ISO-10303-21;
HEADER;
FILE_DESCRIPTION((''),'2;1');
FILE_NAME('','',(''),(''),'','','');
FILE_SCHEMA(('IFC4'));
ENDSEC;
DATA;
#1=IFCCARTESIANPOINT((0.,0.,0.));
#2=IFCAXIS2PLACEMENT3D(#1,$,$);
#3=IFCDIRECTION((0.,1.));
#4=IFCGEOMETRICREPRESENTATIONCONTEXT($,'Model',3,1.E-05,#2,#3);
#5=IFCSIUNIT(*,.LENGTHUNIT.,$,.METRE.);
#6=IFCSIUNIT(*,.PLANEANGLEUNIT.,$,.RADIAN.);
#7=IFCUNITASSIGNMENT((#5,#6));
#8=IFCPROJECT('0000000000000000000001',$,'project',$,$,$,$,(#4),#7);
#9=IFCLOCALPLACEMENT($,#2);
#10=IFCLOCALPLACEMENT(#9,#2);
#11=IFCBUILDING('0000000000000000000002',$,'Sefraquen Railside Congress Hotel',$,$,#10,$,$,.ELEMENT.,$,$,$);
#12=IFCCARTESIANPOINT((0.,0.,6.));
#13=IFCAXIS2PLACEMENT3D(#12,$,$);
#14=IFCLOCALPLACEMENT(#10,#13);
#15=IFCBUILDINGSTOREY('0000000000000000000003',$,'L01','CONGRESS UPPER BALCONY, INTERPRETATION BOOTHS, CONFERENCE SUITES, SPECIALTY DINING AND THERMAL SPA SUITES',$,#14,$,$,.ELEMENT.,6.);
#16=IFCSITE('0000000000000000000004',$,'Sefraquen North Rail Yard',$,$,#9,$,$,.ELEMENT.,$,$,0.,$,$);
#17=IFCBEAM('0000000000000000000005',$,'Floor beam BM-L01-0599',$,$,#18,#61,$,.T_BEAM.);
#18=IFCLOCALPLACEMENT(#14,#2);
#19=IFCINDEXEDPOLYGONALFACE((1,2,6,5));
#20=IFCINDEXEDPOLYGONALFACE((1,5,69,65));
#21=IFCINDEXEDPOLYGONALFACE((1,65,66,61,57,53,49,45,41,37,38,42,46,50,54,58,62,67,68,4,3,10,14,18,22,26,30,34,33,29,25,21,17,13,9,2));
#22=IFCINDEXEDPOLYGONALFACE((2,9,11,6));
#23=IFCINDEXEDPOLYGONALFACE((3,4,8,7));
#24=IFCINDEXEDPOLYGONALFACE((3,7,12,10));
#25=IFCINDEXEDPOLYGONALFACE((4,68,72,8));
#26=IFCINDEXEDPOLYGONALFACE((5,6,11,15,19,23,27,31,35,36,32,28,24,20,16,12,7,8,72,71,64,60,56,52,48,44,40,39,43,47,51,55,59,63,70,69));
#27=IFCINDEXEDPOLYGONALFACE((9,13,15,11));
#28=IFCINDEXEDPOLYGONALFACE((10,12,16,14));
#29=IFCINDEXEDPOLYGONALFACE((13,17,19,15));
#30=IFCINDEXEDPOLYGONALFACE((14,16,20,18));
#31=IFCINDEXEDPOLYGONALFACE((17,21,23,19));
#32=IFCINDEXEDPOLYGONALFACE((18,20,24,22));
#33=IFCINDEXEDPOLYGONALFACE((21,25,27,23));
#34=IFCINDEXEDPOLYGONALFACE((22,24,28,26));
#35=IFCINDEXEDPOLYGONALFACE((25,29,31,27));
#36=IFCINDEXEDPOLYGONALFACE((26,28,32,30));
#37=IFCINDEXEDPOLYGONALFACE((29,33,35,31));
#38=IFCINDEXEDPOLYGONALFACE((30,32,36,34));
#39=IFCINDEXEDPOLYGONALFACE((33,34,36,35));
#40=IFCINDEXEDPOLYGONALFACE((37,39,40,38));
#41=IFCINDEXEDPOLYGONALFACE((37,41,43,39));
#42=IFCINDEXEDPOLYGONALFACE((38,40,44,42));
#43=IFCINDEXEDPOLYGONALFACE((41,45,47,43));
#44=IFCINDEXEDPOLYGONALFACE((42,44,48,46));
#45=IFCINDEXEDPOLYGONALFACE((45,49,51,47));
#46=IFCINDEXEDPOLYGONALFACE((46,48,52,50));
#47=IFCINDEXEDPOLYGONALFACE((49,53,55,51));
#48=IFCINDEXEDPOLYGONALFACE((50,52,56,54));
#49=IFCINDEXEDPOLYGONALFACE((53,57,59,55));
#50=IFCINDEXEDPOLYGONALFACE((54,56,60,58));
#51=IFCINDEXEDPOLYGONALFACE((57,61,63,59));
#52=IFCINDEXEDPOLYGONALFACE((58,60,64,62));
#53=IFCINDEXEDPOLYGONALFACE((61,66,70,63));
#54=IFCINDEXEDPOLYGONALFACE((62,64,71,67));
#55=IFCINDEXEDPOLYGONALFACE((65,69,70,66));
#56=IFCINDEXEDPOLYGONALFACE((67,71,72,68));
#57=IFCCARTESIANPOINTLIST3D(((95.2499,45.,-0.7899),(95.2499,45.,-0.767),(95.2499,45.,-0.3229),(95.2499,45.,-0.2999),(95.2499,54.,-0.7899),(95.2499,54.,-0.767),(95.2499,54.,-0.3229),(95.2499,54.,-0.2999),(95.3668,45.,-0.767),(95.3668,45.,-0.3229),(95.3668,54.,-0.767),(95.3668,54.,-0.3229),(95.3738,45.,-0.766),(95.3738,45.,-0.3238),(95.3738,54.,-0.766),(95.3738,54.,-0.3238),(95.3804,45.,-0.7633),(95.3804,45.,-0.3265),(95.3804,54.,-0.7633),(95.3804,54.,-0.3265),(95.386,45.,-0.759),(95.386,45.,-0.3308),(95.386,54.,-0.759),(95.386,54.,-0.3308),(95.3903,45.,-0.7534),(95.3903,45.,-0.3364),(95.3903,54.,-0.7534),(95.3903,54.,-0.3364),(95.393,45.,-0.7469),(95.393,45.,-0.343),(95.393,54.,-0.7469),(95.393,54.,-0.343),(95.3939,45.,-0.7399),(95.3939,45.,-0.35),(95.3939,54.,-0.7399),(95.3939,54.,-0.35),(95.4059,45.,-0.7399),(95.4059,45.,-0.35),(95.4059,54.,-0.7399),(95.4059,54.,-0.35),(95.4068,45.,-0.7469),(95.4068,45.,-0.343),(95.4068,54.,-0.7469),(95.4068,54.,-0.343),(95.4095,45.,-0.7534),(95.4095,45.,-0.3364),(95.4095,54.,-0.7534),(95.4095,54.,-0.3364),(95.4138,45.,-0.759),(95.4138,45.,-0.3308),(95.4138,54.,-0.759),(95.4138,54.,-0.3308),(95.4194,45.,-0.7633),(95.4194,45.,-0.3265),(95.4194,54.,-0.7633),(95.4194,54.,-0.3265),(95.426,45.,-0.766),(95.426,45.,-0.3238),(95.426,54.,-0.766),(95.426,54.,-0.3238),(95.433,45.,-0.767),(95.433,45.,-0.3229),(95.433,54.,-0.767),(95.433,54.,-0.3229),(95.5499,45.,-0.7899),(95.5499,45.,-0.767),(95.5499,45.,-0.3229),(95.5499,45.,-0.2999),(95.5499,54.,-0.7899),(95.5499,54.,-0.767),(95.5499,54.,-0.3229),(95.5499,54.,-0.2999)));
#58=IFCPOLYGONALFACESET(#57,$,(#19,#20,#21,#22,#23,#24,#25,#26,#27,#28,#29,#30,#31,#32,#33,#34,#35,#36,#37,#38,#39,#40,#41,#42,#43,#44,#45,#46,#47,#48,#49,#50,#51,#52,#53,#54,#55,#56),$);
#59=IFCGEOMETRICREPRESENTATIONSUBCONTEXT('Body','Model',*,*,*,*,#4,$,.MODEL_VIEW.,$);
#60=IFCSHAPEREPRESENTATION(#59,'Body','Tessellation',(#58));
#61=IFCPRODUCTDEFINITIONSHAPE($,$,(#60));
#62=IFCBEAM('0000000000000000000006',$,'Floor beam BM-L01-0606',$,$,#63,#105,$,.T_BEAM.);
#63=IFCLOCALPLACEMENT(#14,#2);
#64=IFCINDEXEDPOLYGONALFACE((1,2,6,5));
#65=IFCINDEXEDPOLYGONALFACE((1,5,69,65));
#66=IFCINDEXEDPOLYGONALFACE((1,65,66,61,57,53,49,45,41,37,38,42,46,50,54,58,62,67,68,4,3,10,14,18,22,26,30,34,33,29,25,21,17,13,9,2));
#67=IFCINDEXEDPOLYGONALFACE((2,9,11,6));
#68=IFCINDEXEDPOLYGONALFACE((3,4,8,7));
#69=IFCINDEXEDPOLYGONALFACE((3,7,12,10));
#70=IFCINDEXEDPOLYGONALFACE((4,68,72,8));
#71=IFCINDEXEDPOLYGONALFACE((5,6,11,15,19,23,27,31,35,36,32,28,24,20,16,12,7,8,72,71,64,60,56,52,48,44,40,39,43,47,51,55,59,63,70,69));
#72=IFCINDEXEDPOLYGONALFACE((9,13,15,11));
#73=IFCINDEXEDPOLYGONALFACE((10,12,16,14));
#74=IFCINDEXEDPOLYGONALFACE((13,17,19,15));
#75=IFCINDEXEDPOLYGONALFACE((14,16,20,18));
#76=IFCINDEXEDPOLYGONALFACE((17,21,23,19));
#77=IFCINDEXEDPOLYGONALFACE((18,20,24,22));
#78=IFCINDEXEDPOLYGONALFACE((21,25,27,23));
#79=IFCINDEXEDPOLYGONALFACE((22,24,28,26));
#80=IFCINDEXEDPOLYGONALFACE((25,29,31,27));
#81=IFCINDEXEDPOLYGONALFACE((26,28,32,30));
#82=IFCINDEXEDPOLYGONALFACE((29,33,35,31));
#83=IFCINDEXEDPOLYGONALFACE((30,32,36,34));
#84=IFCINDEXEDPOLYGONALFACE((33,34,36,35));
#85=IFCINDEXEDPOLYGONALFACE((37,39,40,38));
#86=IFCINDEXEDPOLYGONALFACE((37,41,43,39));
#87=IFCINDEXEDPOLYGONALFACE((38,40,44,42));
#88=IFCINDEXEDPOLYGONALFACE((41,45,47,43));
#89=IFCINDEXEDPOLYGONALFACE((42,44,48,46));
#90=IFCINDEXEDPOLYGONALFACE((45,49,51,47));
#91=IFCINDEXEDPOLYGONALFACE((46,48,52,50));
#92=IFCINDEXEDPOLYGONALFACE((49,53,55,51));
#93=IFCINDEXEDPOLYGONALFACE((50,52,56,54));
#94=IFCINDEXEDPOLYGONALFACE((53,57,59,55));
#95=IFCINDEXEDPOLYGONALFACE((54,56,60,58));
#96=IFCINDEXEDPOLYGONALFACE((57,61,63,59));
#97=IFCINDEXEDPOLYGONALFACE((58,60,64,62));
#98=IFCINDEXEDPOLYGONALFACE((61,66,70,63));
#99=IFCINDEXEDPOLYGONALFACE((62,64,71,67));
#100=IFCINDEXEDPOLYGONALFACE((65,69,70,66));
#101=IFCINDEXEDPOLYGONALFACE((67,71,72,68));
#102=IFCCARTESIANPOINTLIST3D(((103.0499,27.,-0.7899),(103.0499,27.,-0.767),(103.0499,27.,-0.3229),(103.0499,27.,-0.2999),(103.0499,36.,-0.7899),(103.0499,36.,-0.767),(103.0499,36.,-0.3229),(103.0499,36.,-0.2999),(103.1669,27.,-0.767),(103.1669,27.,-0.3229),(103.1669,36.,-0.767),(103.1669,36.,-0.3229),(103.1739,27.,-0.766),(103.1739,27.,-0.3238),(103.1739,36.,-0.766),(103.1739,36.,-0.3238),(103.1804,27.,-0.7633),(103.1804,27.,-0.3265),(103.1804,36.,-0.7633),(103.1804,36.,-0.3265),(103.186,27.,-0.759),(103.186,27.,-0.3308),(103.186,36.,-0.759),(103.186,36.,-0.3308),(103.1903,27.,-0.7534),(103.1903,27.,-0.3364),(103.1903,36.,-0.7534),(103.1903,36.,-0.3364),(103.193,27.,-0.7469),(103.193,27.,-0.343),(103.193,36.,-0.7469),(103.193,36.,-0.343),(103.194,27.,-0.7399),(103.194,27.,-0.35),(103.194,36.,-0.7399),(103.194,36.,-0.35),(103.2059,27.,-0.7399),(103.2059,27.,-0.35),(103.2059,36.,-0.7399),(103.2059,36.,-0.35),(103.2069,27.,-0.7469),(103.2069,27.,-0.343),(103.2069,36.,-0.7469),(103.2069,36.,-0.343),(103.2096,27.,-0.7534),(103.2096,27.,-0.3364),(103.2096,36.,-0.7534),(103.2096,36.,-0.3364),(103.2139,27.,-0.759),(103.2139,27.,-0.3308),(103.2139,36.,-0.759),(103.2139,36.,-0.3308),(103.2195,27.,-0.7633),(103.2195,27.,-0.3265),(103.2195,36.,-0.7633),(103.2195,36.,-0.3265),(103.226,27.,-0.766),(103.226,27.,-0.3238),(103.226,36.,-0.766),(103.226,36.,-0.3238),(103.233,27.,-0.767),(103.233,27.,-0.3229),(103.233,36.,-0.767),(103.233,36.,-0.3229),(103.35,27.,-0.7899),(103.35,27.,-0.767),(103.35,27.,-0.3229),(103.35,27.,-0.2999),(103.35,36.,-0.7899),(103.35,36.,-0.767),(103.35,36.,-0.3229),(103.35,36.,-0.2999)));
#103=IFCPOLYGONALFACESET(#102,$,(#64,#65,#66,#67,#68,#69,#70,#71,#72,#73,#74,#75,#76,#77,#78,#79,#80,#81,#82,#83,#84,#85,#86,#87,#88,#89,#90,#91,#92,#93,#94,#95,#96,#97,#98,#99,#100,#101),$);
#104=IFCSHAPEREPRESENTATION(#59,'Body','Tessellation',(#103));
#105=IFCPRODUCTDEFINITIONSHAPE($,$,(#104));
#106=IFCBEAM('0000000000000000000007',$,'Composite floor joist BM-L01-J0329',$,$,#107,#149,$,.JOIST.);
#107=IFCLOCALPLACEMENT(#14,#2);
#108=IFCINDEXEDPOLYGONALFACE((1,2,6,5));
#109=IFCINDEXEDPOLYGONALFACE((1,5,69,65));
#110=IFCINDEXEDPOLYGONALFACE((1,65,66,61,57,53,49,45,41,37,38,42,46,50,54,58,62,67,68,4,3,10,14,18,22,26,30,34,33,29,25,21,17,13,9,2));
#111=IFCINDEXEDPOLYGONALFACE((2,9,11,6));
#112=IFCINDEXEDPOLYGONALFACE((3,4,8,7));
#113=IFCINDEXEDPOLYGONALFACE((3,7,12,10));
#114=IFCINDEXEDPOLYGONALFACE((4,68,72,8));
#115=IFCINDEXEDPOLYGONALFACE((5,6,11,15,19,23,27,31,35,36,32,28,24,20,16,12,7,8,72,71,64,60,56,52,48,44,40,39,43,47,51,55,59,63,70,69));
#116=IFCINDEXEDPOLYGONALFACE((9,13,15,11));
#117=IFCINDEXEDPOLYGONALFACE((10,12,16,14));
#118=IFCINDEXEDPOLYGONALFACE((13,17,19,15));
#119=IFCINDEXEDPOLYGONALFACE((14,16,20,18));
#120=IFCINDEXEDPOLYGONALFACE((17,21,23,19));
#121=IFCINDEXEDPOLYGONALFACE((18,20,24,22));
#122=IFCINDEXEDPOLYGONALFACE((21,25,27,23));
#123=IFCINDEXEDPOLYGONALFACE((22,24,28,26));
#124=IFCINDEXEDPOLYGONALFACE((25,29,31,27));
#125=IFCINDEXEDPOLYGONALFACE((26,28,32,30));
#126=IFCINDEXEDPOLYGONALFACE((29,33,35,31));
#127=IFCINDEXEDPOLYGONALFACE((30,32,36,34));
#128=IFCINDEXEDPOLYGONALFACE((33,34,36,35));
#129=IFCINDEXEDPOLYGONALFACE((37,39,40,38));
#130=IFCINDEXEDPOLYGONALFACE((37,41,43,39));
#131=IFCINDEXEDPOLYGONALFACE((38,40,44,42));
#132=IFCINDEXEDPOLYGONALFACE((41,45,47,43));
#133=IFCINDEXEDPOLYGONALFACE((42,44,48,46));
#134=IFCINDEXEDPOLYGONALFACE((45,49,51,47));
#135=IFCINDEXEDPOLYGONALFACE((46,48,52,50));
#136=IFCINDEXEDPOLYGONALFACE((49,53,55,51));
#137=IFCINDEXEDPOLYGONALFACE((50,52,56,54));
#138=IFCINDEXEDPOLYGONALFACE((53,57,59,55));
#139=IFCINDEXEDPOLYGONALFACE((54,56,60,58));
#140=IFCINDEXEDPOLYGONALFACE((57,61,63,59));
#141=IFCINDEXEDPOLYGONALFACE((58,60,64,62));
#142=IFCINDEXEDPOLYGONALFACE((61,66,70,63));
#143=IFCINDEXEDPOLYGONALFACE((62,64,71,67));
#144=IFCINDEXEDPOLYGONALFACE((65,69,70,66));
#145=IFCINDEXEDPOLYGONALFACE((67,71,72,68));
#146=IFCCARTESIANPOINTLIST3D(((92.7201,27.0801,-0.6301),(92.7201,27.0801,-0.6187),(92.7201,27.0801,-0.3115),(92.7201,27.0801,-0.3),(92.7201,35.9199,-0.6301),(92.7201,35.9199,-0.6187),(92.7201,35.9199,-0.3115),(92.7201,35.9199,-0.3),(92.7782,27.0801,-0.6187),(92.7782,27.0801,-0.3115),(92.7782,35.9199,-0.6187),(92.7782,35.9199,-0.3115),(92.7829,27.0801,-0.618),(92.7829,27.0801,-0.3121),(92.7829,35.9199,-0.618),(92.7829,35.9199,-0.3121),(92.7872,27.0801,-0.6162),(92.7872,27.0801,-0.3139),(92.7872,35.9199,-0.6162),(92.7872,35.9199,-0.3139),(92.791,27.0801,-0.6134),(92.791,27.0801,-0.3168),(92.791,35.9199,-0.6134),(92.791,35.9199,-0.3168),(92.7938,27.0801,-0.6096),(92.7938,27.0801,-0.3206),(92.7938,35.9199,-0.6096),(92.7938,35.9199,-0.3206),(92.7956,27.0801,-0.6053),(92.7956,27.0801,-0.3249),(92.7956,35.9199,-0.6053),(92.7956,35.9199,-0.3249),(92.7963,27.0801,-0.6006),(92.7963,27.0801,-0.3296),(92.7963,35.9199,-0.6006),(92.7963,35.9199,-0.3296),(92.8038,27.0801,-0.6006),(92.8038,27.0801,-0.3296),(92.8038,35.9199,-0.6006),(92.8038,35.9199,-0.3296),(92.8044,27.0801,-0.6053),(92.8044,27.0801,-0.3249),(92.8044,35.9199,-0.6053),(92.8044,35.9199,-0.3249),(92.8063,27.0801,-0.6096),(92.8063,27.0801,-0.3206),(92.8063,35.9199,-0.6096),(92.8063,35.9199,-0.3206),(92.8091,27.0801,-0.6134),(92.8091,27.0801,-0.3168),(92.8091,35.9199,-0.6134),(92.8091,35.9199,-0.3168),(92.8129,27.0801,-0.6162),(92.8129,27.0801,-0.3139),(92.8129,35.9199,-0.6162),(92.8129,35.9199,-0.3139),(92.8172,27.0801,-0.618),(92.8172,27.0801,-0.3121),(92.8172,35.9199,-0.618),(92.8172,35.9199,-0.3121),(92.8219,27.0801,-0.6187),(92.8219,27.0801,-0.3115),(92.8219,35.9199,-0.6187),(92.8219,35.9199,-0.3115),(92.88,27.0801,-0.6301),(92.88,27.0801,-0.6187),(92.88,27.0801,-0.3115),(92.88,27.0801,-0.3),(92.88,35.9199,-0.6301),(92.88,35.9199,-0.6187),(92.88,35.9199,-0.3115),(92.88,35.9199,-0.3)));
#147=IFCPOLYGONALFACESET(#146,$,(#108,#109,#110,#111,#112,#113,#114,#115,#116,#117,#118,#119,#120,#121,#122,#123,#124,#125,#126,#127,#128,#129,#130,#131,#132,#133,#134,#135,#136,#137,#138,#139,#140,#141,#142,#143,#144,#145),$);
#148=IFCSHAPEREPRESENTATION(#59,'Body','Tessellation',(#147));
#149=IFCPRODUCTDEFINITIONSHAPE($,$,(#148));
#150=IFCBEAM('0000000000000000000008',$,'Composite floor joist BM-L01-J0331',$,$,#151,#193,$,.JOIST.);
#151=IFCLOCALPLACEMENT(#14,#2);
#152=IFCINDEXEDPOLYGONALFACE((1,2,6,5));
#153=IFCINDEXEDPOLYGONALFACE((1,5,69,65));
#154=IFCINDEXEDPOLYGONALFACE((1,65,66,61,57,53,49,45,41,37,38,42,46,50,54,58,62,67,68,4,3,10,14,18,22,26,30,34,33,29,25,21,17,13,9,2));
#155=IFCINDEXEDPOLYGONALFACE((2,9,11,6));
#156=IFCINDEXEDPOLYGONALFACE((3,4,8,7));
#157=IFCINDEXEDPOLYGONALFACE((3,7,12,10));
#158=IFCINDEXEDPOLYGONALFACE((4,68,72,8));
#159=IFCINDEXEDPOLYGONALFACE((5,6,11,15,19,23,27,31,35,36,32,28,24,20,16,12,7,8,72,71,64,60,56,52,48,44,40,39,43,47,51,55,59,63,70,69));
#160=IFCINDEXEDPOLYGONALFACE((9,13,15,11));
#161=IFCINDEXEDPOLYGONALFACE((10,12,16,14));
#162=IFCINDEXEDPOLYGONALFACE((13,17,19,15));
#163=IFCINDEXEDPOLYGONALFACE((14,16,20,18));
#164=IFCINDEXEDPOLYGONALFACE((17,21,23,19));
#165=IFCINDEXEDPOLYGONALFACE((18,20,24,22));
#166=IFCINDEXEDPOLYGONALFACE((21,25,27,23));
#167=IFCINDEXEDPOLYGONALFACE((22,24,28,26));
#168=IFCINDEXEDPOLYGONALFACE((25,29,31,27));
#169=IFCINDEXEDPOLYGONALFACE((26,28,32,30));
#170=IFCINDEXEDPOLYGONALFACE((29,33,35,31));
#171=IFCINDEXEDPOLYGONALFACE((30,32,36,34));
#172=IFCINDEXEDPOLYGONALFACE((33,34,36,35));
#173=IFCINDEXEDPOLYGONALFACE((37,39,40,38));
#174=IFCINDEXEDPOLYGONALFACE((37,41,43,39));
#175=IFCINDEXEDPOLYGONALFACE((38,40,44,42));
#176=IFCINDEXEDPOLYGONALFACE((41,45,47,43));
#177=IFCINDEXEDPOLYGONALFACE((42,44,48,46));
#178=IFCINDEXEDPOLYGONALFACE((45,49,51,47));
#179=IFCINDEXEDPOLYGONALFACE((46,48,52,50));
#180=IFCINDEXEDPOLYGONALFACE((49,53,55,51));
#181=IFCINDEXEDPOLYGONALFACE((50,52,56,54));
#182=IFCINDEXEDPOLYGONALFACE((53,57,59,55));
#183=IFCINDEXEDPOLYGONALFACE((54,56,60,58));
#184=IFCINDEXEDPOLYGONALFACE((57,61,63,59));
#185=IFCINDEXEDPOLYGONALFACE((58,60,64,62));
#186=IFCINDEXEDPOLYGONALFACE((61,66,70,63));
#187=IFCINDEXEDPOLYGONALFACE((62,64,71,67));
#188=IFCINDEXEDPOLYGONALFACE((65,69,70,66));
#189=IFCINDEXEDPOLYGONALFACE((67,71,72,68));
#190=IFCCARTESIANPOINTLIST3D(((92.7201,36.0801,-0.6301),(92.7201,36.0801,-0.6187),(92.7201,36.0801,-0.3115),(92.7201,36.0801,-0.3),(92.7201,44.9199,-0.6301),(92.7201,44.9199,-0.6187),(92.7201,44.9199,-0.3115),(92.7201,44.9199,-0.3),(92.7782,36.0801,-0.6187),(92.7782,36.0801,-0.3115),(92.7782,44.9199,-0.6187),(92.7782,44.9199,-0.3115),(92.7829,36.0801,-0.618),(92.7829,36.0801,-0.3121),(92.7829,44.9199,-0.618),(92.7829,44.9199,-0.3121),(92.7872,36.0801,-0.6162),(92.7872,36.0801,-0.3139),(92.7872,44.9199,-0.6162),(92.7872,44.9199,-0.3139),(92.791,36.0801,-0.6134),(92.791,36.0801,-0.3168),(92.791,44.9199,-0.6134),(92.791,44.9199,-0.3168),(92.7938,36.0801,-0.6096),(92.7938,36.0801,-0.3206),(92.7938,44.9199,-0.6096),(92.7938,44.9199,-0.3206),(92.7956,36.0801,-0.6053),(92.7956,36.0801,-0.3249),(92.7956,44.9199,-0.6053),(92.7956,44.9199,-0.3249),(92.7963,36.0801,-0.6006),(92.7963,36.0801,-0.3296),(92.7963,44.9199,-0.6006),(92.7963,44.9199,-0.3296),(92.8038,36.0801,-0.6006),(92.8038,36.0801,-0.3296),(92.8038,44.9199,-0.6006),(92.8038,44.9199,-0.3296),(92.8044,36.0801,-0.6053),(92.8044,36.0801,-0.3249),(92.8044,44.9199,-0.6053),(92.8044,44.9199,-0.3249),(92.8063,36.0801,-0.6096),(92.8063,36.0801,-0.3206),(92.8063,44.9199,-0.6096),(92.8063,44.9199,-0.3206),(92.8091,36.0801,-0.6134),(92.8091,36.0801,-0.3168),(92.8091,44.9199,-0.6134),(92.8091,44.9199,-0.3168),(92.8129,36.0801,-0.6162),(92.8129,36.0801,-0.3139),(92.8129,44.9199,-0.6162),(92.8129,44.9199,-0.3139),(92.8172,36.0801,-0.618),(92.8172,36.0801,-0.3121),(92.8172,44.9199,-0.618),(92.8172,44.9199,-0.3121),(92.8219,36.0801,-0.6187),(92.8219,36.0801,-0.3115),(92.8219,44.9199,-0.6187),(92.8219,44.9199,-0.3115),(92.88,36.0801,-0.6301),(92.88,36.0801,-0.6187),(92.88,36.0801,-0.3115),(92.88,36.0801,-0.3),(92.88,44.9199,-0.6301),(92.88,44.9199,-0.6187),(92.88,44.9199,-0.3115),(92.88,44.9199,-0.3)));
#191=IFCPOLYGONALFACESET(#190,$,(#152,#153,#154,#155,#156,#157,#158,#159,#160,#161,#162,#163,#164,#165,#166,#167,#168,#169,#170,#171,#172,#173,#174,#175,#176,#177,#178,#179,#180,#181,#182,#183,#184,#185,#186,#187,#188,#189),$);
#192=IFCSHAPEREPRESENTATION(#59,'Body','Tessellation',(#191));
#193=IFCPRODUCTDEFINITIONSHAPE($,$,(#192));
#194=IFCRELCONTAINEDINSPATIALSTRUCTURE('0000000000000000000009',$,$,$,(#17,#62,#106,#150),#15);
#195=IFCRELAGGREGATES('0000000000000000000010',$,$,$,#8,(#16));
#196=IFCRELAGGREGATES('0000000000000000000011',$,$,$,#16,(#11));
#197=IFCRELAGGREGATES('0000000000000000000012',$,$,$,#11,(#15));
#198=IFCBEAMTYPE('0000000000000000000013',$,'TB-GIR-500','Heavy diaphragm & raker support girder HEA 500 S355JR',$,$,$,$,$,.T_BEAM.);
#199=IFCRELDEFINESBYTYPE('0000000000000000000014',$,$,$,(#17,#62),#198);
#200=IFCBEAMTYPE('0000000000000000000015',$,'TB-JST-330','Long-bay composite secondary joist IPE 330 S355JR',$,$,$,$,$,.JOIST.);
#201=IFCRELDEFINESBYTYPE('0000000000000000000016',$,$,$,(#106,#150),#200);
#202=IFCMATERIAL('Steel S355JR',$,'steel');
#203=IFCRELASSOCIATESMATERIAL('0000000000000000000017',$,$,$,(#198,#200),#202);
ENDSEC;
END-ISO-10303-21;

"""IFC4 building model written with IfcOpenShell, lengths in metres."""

from ifc_helpers import new_model, si_unit, direction, frame, origin, origin_2d, place, context, subcontext, project, spatial, i_section, extrude, material, material_profile, profile_set, type_object, element, save


model = new_model("IFC4")

# Units and contexts
model_context = context("Model", 3, precision=1e-05, world=origin(), true_north=direction((0.0, 1.0)))
body_context = subcontext(model_context, "Body", "Model", "MODEL_VIEW")
ifc_project = project(units=[si_unit("LENGTHUNIT", "METRE"), si_unit("PLANEANGLEUNIT", "RADIAN")], contexts=[model_context])

# Site, building, storey
site_placement = place(None, origin())
site = spatial("IfcSite", under=ifc_project, at=site_placement, Name="Sefraquen North Rail Yard", CompositionType="ELEMENT", RefElevation=0.0)
building_placement = place(site_placement, origin())
building = spatial("IfcBuilding", under=site, at=building_placement, Name="Sefraquen Railside Congress Hotel", CompositionType="ELEMENT")
storey_placement = place(building_placement, frame((0.0, 0.0, 6.0)))
storey = spatial("IfcBuildingStorey", under=building, at=storey_placement, Name="L01", Description="CONGRESS UPPER BALCONY, INTERPRETATION BOOTHS, CONFERENCE SUITES, SPECIALTY DINING AND THERMAL SPA SUITES", CompositionType="ELEMENT", Elevation=6.0)

# Shared definitions
ifc_material_1 = material(Name="Steel S355JR", Category="steel")

# Beams
ifc_material_profile_1 = material_profile(ifc_material_1, i_section(OverallWidth=0.3, OverallDepth=0.49, WebThickness=0.012, FlangeThickness=0.0229, FilletRadius=0.0271, at=origin_2d()), Name="HEA 500")
ifc_profile_set_1 = profile_set([ifc_material_profile_1], Name="Steel S355JR")
beam_type_1 = type_object("IfcBeamType", Name="TB-GIR-500", Description="Heavy diaphragm & raker support girder HEA 500 S355JR", PredefinedType="T_BEAM", material=ifc_profile_set_1)
for number, where, z_axis, x_axis, name in (
    (1, (95.3999, 45.0, -0.5449), (0.0, 1.0, 0.0), (-1.0, 0.0, 0.0), "Floor beam BM-L01-0599"),
    (2, (103.2, 27.0, -0.5449), (0.0, 1.0, 0.0), (-1.0, 0.0, 0.0), "Floor beam BM-L01-0606"),
):
    element("IfcBeam", number, at=place(storey_placement, frame(where, z_axis=z_axis, x_axis=x_axis)), inside=storey, type_object=beam_type_1, Name=name, PredefinedType="T_BEAM", context=body_context, shape_type="SweptSolid", body=[
        extrude(i_section(OverallWidth=0.3, OverallDepth=0.49, WebThickness=0.012, FlangeThickness=0.0229, FilletRadius=0.0271, at=origin_2d()), origin(), (0.0, 0.0, 1.0), 9.0),
    ])
ifc_material_profile_2 = material_profile(ifc_material_1, i_section(OverallWidth=0.1599, OverallDepth=0.3301, WebThickness=0.0076, FlangeThickness=0.0115, FilletRadius=0.0181, at=origin_2d()), Name="IPE 330")
ifc_profile_set_2 = profile_set([ifc_material_profile_2], Name="Steel S355JR")
beam_type_2 = type_object("IfcBeamType", Name="TB-JST-330", Description="Long-bay composite secondary joist IPE 330 S355JR", PredefinedType="JOIST", material=ifc_profile_set_2)
for number, where, z_axis, x_axis, name in (
    (3, (92.8, 27.0801, -0.4651), (0.0, 1.0, 0.0), (-1.0, 0.0, 0.0), "Composite floor joist BM-L01-J0329"),
    (4, (92.8, 36.0801, -0.4651), (0.0, 1.0, 0.0), (-1.0, 0.0, 0.0), "Composite floor joist BM-L01-J0331"),
):
    element("IfcBeam", number, at=place(storey_placement, frame(where, z_axis=z_axis, x_axis=x_axis)), inside=storey, type_object=beam_type_2, Name=name, PredefinedType="JOIST", context=body_context, shape_type="SweptSolid", body=[
        extrude(i_section(OverallWidth=0.1599, OverallDepth=0.3301, WebThickness=0.0076, FlangeThickness=0.0115, FilletRadius=0.0181, at=origin_2d()), origin(), (0.0, 0.0, 1.0), 8.8398),
    ])

save(model, "model.ifc")
